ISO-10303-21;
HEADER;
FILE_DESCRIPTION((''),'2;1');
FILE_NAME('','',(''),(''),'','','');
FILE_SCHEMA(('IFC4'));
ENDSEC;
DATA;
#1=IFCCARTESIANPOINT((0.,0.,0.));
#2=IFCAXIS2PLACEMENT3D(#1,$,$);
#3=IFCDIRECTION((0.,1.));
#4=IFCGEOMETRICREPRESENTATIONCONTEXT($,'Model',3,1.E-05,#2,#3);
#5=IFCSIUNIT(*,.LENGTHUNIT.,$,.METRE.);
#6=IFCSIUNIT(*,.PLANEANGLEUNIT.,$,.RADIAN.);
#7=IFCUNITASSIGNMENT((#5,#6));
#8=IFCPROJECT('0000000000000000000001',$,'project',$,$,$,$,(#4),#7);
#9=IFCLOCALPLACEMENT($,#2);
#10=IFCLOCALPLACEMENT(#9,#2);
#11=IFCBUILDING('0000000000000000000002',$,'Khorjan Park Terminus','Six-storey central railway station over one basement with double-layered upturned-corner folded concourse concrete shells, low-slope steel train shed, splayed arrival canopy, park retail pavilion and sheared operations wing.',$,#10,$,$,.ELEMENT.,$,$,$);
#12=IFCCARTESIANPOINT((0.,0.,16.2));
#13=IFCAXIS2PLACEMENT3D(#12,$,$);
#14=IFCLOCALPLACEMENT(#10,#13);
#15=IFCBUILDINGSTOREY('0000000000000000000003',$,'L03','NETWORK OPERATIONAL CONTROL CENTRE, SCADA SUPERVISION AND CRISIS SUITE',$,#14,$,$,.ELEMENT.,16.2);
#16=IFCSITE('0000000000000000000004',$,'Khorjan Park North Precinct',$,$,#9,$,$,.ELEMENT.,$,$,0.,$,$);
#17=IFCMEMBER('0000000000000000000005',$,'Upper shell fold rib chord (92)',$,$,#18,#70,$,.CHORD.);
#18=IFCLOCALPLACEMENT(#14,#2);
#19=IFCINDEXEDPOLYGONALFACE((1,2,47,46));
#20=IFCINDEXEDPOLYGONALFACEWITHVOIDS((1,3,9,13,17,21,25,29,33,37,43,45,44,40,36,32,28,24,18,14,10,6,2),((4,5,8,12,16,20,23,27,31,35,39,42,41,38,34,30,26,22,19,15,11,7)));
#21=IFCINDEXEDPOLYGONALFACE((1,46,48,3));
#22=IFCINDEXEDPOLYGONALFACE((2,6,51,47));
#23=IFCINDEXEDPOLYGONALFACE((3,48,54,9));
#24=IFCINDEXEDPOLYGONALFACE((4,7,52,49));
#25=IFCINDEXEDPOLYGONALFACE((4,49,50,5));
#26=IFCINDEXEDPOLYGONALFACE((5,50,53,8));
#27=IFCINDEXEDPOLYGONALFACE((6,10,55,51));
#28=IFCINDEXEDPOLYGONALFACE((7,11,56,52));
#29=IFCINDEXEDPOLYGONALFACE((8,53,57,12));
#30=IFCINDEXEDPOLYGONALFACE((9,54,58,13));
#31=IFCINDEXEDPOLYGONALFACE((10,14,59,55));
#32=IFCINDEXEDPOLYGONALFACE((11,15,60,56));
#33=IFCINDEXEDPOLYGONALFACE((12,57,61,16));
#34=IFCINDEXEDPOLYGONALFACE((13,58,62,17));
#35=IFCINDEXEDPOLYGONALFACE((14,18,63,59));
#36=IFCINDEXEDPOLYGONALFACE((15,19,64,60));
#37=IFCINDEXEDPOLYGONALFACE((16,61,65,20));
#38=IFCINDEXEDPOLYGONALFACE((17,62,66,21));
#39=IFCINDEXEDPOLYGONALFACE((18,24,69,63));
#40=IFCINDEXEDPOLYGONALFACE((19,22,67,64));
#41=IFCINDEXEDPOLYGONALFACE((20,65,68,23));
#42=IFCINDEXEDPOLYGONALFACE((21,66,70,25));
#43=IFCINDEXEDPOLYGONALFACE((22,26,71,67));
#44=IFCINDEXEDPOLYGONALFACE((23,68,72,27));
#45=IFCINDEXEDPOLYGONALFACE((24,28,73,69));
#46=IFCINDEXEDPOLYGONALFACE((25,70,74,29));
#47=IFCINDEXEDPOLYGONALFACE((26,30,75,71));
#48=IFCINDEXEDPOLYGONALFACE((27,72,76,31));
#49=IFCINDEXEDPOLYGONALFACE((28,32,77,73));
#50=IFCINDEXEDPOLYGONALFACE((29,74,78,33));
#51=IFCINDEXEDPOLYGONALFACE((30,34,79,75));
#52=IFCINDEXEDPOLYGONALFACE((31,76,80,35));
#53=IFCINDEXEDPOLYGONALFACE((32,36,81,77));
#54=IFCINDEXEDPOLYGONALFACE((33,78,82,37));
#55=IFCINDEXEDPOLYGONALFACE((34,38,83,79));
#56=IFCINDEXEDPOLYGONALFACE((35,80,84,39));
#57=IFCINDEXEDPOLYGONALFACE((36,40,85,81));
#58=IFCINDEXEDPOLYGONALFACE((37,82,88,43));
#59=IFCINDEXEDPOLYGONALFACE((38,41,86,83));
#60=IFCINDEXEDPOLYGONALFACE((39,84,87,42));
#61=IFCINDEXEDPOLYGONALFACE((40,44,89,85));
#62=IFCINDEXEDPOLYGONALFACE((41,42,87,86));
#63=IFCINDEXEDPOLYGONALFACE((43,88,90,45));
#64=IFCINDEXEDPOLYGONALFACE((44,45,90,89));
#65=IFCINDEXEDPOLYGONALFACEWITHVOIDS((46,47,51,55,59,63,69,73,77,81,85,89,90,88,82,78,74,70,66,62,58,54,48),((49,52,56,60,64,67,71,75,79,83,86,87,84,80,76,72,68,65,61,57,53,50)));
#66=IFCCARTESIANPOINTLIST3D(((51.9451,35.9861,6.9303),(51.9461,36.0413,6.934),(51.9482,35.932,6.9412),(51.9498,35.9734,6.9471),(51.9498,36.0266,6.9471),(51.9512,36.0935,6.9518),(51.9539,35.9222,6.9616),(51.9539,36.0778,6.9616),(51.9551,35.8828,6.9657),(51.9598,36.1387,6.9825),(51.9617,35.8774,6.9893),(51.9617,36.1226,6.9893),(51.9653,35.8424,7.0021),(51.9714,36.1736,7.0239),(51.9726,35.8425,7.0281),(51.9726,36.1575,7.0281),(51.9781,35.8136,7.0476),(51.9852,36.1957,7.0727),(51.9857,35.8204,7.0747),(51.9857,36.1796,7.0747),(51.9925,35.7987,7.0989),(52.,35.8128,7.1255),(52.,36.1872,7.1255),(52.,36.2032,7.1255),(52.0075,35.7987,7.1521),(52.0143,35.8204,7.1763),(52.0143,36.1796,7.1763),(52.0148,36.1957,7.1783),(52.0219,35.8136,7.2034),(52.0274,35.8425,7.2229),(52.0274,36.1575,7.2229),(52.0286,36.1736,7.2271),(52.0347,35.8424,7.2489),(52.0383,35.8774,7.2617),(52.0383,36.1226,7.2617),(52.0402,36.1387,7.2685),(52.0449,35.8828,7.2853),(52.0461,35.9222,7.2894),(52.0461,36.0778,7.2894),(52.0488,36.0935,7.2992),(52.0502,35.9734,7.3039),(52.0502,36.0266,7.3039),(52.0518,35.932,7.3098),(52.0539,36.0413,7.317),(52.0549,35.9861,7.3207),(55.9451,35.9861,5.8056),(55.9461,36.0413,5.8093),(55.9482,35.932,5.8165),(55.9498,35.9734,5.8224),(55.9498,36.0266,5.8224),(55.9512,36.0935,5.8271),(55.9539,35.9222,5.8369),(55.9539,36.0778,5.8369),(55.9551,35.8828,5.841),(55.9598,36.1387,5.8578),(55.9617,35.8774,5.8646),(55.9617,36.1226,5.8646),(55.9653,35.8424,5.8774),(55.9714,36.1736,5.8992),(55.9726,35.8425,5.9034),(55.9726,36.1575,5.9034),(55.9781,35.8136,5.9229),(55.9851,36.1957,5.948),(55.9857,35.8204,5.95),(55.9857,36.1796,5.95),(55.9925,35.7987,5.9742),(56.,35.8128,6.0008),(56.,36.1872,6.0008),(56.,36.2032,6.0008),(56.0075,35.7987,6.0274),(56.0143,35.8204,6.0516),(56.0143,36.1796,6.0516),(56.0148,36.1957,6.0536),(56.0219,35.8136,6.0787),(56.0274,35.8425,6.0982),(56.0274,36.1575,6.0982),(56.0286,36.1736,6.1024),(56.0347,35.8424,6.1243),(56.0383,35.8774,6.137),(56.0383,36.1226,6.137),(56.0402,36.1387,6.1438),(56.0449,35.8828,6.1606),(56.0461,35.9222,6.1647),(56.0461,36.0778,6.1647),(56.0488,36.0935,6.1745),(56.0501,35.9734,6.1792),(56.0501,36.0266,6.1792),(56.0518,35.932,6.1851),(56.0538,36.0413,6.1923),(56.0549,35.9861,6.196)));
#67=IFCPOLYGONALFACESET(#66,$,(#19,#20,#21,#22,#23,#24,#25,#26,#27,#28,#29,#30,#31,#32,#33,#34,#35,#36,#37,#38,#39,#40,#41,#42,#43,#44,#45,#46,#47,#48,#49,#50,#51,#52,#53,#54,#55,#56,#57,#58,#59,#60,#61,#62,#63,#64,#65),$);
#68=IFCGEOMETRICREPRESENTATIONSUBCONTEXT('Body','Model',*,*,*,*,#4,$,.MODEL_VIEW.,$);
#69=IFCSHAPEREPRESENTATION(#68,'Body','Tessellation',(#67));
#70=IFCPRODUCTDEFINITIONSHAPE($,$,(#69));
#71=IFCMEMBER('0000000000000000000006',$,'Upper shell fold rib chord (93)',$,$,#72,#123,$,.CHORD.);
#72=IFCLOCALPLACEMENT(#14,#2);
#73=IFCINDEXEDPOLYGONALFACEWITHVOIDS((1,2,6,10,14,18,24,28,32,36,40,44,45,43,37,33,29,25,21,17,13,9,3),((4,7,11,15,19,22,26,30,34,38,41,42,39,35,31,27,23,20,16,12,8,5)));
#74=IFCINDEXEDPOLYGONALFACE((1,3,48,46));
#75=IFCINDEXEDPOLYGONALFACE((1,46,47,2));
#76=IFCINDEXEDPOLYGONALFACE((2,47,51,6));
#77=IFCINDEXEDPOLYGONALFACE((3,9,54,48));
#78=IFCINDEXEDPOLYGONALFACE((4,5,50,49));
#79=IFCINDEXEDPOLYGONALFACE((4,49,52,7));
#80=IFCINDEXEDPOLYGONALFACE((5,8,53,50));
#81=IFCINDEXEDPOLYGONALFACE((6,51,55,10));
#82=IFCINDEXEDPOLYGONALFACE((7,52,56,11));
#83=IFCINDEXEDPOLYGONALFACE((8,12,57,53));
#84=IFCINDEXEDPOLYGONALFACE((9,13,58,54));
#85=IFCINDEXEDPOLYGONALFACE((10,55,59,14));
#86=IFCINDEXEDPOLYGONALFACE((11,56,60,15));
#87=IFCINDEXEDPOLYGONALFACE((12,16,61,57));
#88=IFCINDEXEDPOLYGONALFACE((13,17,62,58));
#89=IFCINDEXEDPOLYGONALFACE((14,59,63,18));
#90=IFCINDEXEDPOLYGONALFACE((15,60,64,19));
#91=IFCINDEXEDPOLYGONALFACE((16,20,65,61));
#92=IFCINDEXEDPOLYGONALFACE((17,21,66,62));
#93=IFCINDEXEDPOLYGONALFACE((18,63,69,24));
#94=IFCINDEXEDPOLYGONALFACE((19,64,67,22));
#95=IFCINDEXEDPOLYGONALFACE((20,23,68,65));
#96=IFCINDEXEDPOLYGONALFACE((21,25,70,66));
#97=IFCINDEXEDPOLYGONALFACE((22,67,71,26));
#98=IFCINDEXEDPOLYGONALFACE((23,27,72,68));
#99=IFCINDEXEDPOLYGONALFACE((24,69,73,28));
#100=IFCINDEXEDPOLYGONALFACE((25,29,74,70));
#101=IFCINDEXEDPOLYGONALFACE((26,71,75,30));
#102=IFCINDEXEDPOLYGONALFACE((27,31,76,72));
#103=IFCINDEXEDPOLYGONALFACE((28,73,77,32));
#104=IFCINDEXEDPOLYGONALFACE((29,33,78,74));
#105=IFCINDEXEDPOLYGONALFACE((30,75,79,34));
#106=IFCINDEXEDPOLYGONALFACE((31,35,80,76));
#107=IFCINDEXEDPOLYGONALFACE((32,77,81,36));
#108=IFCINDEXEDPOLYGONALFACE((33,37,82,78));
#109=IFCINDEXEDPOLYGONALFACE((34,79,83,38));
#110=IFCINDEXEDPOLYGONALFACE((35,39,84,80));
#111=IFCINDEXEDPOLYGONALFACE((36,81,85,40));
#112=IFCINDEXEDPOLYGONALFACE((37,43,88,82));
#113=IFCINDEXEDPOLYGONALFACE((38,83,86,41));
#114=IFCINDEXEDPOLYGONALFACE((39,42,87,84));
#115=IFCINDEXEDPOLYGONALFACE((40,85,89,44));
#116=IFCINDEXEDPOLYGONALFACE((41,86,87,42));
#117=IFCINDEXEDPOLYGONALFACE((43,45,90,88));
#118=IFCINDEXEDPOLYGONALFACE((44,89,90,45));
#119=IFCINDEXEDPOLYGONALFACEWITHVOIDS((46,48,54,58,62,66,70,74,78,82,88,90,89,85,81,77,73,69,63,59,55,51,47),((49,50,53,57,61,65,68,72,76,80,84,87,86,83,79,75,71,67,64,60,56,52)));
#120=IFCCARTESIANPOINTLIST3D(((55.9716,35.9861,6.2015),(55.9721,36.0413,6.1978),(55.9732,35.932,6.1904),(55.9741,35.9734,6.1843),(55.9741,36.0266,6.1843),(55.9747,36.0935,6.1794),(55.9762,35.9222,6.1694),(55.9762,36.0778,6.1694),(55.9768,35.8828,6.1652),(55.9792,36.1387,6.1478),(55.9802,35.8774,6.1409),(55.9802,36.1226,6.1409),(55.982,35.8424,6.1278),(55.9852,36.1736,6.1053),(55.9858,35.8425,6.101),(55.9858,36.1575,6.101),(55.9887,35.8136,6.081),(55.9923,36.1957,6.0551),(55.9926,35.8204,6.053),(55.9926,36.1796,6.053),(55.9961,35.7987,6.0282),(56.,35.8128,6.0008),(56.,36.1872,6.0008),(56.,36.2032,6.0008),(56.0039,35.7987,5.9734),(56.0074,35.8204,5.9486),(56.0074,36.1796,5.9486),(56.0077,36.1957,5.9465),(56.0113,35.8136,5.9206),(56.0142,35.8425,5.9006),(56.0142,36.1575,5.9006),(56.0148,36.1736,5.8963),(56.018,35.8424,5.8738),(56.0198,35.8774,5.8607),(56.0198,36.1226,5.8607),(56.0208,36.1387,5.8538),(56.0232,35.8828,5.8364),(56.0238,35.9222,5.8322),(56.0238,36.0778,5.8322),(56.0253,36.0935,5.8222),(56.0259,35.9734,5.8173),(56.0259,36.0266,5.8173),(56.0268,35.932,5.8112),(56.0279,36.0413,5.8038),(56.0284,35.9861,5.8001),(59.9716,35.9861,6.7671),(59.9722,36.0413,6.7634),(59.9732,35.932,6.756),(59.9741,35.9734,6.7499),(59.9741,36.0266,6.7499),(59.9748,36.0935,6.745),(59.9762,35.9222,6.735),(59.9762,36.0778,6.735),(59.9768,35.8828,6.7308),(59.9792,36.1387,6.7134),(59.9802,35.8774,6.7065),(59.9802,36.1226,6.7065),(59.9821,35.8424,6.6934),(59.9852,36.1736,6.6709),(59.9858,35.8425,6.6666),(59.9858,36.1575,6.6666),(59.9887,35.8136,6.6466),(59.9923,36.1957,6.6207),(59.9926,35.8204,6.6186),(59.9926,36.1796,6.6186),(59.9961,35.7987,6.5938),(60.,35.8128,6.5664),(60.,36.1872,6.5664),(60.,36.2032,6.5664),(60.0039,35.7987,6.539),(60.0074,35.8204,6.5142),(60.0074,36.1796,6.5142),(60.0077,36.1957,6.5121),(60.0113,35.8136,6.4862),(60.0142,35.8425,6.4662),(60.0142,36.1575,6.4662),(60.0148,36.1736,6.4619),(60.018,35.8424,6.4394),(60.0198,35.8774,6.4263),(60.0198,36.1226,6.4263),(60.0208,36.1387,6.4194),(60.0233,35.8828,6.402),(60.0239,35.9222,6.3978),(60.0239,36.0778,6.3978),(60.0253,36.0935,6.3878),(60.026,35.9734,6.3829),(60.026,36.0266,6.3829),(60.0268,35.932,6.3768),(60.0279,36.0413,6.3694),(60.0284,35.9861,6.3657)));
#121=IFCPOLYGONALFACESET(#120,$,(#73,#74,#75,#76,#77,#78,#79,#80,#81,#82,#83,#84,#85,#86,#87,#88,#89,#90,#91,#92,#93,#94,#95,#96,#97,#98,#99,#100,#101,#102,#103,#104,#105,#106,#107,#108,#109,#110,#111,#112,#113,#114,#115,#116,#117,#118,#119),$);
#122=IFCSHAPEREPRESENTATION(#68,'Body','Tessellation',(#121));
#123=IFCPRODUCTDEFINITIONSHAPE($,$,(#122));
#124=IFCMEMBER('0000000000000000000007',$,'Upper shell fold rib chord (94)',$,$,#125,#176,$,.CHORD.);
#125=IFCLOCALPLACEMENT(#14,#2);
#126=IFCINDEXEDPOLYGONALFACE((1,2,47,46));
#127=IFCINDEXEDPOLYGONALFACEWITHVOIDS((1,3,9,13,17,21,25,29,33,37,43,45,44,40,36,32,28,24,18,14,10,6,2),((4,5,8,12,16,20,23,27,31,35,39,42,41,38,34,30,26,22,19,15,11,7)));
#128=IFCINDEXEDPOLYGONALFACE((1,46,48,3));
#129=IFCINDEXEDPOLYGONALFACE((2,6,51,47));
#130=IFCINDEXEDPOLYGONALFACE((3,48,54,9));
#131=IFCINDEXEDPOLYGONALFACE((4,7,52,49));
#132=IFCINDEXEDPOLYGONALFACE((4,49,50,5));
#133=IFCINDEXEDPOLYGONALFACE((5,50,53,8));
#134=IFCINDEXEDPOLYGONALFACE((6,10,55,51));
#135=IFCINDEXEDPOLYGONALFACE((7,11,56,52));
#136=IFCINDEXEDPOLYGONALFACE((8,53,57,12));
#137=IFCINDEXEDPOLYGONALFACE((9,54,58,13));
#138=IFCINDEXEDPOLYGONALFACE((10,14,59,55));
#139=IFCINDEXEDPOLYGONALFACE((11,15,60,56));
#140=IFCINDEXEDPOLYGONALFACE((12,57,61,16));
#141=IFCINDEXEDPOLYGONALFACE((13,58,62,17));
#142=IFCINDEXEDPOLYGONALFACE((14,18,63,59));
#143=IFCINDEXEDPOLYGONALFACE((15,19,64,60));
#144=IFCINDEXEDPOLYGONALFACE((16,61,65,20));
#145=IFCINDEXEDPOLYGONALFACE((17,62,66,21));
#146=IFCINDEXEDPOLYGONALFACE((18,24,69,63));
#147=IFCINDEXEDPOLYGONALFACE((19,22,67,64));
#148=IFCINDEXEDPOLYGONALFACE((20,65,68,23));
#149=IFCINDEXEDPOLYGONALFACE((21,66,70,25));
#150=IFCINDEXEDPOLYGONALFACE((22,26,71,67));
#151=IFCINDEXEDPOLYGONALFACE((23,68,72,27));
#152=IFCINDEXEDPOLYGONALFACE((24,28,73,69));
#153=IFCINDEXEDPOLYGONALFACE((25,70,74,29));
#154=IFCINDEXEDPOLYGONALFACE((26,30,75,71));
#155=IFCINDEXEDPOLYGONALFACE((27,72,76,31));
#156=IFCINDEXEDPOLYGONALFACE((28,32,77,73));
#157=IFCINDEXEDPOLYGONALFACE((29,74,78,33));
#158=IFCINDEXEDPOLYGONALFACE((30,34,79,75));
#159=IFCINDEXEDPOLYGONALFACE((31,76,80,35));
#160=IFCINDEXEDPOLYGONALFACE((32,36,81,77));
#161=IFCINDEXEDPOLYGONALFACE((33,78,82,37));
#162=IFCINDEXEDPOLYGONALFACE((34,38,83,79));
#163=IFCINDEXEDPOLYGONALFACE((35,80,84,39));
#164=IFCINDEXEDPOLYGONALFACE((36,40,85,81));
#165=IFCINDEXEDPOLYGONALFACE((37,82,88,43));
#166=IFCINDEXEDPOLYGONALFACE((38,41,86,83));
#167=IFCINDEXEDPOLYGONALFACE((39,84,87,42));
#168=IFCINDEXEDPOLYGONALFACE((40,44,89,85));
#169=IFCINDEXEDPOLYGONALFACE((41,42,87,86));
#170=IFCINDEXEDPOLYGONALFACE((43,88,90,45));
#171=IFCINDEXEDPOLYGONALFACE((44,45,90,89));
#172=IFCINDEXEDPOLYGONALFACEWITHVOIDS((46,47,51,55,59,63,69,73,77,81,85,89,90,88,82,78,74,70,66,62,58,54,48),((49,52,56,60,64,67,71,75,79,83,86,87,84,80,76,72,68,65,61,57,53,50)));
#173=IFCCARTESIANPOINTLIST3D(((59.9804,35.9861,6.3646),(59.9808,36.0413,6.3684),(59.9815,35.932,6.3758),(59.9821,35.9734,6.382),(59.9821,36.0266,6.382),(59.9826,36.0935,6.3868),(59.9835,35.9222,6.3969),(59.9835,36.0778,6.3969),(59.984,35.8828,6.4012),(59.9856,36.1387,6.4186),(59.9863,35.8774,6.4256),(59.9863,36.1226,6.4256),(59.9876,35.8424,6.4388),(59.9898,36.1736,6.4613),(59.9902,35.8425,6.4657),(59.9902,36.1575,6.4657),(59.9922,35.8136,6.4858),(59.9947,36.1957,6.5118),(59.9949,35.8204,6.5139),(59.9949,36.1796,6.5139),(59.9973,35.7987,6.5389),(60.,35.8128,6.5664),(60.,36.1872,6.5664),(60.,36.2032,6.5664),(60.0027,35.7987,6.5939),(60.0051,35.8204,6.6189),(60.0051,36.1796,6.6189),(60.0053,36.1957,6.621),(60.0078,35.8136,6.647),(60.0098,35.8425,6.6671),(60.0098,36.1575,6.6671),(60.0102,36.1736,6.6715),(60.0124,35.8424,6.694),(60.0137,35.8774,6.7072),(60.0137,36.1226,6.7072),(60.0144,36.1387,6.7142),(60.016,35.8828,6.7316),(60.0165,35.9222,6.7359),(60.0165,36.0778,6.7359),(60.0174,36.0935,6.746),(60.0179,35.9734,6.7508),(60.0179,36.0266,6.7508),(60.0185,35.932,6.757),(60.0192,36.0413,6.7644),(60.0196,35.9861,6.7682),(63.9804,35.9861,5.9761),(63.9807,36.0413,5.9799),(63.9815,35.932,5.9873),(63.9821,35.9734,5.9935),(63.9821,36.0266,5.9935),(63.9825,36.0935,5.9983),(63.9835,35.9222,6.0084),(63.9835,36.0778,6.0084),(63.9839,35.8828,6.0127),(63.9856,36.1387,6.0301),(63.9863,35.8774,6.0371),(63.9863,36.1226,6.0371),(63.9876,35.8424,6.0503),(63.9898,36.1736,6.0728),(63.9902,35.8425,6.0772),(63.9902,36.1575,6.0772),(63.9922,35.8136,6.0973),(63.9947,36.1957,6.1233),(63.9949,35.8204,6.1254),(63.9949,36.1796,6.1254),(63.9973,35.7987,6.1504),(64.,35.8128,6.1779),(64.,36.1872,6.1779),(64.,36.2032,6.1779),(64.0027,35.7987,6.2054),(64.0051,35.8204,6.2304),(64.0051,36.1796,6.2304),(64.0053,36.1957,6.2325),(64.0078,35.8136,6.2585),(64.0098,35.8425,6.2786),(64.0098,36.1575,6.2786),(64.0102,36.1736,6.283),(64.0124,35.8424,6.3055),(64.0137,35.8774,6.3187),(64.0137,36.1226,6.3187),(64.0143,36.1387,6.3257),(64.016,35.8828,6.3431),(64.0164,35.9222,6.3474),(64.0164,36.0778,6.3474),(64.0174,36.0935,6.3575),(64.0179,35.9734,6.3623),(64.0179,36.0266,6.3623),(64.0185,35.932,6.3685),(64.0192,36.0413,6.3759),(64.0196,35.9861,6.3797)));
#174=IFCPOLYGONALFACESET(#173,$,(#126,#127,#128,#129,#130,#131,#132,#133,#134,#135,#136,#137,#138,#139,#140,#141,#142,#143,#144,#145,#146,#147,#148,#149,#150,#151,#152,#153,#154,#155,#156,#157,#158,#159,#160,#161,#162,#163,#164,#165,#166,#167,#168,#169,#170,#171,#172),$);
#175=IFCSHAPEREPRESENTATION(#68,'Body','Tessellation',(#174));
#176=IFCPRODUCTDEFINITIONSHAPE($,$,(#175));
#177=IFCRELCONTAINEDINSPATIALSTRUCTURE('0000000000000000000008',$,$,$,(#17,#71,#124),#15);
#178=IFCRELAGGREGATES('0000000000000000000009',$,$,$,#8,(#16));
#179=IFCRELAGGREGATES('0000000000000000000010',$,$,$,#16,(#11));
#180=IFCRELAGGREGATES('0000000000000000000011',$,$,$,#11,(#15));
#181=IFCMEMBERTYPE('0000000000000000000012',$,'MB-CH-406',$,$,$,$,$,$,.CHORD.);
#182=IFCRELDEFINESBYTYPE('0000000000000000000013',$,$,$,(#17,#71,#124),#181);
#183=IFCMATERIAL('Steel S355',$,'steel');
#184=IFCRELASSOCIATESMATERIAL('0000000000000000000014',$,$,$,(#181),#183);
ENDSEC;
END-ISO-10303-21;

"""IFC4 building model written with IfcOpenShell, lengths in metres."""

from ifc_helpers import new_model, si_unit, direction, frame, origin, origin_2d, place, context, subcontext, project, spatial, hollow_circle, extrude, material, material_profile, profile_set, type_object, element, save


model = new_model("IFC4")

# Units and contexts
model_context = context("Model", 3, precision=1e-05, world=origin(), true_north=direction((0.0, 1.0)))
body_context = subcontext(model_context, "Body", "Model", "MODEL_VIEW")
ifc_project = project(units=[si_unit("LENGTHUNIT", "METRE"), si_unit("PLANEANGLEUNIT", "RADIAN")], contexts=[model_context])

# Site, building, storey
site_placement = place(None, origin())
site = spatial("IfcSite", under=ifc_project, at=site_placement, Name="Khorjan Park North Precinct", CompositionType="ELEMENT", RefElevation=0.0)
building_placement = place(site_placement, origin())
building = spatial("IfcBuilding", under=site, at=building_placement, Name="Khorjan Park Terminus", Description="Six-storey central railway station over one basement with double-layered upturned-corner folded concourse concrete shells, low-slope steel train shed, splayed arrival canopy, park retail pavilion and sheared operations wing.", CompositionType="ELEMENT")
storey_placement = place(building_placement, frame((0.0, 0.0, 16.2)))
storey = spatial("IfcBuildingStorey", under=building, at=storey_placement, Name="L03", Description="NETWORK OPERATIONAL CONTROL CENTRE, SCADA SUPERVISION AND CRISIS SUITE", CompositionType="ELEMENT", Elevation=16.2)

# Members
ifc_material = material(Name="Steel S355", Category="steel")
ifc_material_profile_1 = material_profile(ifc_material, hollow_circle(Radius=0.2032, WallThickness=0.016, at=origin_2d()), Name="CHS 406.4x16")
ifc_profile_set_1 = profile_set([ifc_material_profile_1], Name="Steel S355")
member_type_1 = type_object("IfcMemberType", Name="MB-CH-406", PredefinedType="CHORD", material=ifc_profile_set_1)
member_1_placement = place(storey_placement, frame((52.0, 36.0, 7.1255), z_axis=(0.96267, 0.0, -0.270679), x_axis=(0.0, 1.0, 0.0)))
element("IfcMember", 1, at=member_1_placement, inside=storey, type_object=member_type_1, Name="Upper shell fold rib chord (92)", PredefinedType="CHORD", context=body_context, shape_type="SweptSolid", body=[
    extrude(hollow_circle(Radius=0.2032, WallThickness=0.016, at=origin_2d()), origin(), (0.0, 0.0, 1.0), 4.1551),
])
member_2_placement = place(storey_placement, frame((56.0, 36.0, 6.0008), z_axis=(0.99015, 0.0, 0.140007), x_axis=(0.0, 1.0, 0.0)))
element("IfcMember", 2, at=member_2_placement, inside=storey, type_object=member_type_1, Name="Upper shell fold rib chord (93)", PredefinedType="CHORD", context=body_context, shape_type="SweptSolid", body=[
    extrude(hollow_circle(Radius=0.2032, WallThickness=0.016, at=origin_2d()), origin(), (0.0, 0.0, 1.0), 4.0398),
])
member_3_placement = place(storey_placement, frame((60.0, 36.0, 6.5664), z_axis=(0.995316, 0.0, -0.09667), x_axis=(0.0, 1.0, 0.0)))
element("IfcMember", 3, at=member_3_placement, inside=storey, type_object=member_type_1, Name="Upper shell fold rib chord (94)", PredefinedType="CHORD", context=body_context, shape_type="SweptSolid", body=[
    extrude(hollow_circle(Radius=0.2032, WallThickness=0.016, at=origin_2d()), origin(), (0.0, 0.0, 1.0), 4.0188),
])

save(model, "model.ifc")
